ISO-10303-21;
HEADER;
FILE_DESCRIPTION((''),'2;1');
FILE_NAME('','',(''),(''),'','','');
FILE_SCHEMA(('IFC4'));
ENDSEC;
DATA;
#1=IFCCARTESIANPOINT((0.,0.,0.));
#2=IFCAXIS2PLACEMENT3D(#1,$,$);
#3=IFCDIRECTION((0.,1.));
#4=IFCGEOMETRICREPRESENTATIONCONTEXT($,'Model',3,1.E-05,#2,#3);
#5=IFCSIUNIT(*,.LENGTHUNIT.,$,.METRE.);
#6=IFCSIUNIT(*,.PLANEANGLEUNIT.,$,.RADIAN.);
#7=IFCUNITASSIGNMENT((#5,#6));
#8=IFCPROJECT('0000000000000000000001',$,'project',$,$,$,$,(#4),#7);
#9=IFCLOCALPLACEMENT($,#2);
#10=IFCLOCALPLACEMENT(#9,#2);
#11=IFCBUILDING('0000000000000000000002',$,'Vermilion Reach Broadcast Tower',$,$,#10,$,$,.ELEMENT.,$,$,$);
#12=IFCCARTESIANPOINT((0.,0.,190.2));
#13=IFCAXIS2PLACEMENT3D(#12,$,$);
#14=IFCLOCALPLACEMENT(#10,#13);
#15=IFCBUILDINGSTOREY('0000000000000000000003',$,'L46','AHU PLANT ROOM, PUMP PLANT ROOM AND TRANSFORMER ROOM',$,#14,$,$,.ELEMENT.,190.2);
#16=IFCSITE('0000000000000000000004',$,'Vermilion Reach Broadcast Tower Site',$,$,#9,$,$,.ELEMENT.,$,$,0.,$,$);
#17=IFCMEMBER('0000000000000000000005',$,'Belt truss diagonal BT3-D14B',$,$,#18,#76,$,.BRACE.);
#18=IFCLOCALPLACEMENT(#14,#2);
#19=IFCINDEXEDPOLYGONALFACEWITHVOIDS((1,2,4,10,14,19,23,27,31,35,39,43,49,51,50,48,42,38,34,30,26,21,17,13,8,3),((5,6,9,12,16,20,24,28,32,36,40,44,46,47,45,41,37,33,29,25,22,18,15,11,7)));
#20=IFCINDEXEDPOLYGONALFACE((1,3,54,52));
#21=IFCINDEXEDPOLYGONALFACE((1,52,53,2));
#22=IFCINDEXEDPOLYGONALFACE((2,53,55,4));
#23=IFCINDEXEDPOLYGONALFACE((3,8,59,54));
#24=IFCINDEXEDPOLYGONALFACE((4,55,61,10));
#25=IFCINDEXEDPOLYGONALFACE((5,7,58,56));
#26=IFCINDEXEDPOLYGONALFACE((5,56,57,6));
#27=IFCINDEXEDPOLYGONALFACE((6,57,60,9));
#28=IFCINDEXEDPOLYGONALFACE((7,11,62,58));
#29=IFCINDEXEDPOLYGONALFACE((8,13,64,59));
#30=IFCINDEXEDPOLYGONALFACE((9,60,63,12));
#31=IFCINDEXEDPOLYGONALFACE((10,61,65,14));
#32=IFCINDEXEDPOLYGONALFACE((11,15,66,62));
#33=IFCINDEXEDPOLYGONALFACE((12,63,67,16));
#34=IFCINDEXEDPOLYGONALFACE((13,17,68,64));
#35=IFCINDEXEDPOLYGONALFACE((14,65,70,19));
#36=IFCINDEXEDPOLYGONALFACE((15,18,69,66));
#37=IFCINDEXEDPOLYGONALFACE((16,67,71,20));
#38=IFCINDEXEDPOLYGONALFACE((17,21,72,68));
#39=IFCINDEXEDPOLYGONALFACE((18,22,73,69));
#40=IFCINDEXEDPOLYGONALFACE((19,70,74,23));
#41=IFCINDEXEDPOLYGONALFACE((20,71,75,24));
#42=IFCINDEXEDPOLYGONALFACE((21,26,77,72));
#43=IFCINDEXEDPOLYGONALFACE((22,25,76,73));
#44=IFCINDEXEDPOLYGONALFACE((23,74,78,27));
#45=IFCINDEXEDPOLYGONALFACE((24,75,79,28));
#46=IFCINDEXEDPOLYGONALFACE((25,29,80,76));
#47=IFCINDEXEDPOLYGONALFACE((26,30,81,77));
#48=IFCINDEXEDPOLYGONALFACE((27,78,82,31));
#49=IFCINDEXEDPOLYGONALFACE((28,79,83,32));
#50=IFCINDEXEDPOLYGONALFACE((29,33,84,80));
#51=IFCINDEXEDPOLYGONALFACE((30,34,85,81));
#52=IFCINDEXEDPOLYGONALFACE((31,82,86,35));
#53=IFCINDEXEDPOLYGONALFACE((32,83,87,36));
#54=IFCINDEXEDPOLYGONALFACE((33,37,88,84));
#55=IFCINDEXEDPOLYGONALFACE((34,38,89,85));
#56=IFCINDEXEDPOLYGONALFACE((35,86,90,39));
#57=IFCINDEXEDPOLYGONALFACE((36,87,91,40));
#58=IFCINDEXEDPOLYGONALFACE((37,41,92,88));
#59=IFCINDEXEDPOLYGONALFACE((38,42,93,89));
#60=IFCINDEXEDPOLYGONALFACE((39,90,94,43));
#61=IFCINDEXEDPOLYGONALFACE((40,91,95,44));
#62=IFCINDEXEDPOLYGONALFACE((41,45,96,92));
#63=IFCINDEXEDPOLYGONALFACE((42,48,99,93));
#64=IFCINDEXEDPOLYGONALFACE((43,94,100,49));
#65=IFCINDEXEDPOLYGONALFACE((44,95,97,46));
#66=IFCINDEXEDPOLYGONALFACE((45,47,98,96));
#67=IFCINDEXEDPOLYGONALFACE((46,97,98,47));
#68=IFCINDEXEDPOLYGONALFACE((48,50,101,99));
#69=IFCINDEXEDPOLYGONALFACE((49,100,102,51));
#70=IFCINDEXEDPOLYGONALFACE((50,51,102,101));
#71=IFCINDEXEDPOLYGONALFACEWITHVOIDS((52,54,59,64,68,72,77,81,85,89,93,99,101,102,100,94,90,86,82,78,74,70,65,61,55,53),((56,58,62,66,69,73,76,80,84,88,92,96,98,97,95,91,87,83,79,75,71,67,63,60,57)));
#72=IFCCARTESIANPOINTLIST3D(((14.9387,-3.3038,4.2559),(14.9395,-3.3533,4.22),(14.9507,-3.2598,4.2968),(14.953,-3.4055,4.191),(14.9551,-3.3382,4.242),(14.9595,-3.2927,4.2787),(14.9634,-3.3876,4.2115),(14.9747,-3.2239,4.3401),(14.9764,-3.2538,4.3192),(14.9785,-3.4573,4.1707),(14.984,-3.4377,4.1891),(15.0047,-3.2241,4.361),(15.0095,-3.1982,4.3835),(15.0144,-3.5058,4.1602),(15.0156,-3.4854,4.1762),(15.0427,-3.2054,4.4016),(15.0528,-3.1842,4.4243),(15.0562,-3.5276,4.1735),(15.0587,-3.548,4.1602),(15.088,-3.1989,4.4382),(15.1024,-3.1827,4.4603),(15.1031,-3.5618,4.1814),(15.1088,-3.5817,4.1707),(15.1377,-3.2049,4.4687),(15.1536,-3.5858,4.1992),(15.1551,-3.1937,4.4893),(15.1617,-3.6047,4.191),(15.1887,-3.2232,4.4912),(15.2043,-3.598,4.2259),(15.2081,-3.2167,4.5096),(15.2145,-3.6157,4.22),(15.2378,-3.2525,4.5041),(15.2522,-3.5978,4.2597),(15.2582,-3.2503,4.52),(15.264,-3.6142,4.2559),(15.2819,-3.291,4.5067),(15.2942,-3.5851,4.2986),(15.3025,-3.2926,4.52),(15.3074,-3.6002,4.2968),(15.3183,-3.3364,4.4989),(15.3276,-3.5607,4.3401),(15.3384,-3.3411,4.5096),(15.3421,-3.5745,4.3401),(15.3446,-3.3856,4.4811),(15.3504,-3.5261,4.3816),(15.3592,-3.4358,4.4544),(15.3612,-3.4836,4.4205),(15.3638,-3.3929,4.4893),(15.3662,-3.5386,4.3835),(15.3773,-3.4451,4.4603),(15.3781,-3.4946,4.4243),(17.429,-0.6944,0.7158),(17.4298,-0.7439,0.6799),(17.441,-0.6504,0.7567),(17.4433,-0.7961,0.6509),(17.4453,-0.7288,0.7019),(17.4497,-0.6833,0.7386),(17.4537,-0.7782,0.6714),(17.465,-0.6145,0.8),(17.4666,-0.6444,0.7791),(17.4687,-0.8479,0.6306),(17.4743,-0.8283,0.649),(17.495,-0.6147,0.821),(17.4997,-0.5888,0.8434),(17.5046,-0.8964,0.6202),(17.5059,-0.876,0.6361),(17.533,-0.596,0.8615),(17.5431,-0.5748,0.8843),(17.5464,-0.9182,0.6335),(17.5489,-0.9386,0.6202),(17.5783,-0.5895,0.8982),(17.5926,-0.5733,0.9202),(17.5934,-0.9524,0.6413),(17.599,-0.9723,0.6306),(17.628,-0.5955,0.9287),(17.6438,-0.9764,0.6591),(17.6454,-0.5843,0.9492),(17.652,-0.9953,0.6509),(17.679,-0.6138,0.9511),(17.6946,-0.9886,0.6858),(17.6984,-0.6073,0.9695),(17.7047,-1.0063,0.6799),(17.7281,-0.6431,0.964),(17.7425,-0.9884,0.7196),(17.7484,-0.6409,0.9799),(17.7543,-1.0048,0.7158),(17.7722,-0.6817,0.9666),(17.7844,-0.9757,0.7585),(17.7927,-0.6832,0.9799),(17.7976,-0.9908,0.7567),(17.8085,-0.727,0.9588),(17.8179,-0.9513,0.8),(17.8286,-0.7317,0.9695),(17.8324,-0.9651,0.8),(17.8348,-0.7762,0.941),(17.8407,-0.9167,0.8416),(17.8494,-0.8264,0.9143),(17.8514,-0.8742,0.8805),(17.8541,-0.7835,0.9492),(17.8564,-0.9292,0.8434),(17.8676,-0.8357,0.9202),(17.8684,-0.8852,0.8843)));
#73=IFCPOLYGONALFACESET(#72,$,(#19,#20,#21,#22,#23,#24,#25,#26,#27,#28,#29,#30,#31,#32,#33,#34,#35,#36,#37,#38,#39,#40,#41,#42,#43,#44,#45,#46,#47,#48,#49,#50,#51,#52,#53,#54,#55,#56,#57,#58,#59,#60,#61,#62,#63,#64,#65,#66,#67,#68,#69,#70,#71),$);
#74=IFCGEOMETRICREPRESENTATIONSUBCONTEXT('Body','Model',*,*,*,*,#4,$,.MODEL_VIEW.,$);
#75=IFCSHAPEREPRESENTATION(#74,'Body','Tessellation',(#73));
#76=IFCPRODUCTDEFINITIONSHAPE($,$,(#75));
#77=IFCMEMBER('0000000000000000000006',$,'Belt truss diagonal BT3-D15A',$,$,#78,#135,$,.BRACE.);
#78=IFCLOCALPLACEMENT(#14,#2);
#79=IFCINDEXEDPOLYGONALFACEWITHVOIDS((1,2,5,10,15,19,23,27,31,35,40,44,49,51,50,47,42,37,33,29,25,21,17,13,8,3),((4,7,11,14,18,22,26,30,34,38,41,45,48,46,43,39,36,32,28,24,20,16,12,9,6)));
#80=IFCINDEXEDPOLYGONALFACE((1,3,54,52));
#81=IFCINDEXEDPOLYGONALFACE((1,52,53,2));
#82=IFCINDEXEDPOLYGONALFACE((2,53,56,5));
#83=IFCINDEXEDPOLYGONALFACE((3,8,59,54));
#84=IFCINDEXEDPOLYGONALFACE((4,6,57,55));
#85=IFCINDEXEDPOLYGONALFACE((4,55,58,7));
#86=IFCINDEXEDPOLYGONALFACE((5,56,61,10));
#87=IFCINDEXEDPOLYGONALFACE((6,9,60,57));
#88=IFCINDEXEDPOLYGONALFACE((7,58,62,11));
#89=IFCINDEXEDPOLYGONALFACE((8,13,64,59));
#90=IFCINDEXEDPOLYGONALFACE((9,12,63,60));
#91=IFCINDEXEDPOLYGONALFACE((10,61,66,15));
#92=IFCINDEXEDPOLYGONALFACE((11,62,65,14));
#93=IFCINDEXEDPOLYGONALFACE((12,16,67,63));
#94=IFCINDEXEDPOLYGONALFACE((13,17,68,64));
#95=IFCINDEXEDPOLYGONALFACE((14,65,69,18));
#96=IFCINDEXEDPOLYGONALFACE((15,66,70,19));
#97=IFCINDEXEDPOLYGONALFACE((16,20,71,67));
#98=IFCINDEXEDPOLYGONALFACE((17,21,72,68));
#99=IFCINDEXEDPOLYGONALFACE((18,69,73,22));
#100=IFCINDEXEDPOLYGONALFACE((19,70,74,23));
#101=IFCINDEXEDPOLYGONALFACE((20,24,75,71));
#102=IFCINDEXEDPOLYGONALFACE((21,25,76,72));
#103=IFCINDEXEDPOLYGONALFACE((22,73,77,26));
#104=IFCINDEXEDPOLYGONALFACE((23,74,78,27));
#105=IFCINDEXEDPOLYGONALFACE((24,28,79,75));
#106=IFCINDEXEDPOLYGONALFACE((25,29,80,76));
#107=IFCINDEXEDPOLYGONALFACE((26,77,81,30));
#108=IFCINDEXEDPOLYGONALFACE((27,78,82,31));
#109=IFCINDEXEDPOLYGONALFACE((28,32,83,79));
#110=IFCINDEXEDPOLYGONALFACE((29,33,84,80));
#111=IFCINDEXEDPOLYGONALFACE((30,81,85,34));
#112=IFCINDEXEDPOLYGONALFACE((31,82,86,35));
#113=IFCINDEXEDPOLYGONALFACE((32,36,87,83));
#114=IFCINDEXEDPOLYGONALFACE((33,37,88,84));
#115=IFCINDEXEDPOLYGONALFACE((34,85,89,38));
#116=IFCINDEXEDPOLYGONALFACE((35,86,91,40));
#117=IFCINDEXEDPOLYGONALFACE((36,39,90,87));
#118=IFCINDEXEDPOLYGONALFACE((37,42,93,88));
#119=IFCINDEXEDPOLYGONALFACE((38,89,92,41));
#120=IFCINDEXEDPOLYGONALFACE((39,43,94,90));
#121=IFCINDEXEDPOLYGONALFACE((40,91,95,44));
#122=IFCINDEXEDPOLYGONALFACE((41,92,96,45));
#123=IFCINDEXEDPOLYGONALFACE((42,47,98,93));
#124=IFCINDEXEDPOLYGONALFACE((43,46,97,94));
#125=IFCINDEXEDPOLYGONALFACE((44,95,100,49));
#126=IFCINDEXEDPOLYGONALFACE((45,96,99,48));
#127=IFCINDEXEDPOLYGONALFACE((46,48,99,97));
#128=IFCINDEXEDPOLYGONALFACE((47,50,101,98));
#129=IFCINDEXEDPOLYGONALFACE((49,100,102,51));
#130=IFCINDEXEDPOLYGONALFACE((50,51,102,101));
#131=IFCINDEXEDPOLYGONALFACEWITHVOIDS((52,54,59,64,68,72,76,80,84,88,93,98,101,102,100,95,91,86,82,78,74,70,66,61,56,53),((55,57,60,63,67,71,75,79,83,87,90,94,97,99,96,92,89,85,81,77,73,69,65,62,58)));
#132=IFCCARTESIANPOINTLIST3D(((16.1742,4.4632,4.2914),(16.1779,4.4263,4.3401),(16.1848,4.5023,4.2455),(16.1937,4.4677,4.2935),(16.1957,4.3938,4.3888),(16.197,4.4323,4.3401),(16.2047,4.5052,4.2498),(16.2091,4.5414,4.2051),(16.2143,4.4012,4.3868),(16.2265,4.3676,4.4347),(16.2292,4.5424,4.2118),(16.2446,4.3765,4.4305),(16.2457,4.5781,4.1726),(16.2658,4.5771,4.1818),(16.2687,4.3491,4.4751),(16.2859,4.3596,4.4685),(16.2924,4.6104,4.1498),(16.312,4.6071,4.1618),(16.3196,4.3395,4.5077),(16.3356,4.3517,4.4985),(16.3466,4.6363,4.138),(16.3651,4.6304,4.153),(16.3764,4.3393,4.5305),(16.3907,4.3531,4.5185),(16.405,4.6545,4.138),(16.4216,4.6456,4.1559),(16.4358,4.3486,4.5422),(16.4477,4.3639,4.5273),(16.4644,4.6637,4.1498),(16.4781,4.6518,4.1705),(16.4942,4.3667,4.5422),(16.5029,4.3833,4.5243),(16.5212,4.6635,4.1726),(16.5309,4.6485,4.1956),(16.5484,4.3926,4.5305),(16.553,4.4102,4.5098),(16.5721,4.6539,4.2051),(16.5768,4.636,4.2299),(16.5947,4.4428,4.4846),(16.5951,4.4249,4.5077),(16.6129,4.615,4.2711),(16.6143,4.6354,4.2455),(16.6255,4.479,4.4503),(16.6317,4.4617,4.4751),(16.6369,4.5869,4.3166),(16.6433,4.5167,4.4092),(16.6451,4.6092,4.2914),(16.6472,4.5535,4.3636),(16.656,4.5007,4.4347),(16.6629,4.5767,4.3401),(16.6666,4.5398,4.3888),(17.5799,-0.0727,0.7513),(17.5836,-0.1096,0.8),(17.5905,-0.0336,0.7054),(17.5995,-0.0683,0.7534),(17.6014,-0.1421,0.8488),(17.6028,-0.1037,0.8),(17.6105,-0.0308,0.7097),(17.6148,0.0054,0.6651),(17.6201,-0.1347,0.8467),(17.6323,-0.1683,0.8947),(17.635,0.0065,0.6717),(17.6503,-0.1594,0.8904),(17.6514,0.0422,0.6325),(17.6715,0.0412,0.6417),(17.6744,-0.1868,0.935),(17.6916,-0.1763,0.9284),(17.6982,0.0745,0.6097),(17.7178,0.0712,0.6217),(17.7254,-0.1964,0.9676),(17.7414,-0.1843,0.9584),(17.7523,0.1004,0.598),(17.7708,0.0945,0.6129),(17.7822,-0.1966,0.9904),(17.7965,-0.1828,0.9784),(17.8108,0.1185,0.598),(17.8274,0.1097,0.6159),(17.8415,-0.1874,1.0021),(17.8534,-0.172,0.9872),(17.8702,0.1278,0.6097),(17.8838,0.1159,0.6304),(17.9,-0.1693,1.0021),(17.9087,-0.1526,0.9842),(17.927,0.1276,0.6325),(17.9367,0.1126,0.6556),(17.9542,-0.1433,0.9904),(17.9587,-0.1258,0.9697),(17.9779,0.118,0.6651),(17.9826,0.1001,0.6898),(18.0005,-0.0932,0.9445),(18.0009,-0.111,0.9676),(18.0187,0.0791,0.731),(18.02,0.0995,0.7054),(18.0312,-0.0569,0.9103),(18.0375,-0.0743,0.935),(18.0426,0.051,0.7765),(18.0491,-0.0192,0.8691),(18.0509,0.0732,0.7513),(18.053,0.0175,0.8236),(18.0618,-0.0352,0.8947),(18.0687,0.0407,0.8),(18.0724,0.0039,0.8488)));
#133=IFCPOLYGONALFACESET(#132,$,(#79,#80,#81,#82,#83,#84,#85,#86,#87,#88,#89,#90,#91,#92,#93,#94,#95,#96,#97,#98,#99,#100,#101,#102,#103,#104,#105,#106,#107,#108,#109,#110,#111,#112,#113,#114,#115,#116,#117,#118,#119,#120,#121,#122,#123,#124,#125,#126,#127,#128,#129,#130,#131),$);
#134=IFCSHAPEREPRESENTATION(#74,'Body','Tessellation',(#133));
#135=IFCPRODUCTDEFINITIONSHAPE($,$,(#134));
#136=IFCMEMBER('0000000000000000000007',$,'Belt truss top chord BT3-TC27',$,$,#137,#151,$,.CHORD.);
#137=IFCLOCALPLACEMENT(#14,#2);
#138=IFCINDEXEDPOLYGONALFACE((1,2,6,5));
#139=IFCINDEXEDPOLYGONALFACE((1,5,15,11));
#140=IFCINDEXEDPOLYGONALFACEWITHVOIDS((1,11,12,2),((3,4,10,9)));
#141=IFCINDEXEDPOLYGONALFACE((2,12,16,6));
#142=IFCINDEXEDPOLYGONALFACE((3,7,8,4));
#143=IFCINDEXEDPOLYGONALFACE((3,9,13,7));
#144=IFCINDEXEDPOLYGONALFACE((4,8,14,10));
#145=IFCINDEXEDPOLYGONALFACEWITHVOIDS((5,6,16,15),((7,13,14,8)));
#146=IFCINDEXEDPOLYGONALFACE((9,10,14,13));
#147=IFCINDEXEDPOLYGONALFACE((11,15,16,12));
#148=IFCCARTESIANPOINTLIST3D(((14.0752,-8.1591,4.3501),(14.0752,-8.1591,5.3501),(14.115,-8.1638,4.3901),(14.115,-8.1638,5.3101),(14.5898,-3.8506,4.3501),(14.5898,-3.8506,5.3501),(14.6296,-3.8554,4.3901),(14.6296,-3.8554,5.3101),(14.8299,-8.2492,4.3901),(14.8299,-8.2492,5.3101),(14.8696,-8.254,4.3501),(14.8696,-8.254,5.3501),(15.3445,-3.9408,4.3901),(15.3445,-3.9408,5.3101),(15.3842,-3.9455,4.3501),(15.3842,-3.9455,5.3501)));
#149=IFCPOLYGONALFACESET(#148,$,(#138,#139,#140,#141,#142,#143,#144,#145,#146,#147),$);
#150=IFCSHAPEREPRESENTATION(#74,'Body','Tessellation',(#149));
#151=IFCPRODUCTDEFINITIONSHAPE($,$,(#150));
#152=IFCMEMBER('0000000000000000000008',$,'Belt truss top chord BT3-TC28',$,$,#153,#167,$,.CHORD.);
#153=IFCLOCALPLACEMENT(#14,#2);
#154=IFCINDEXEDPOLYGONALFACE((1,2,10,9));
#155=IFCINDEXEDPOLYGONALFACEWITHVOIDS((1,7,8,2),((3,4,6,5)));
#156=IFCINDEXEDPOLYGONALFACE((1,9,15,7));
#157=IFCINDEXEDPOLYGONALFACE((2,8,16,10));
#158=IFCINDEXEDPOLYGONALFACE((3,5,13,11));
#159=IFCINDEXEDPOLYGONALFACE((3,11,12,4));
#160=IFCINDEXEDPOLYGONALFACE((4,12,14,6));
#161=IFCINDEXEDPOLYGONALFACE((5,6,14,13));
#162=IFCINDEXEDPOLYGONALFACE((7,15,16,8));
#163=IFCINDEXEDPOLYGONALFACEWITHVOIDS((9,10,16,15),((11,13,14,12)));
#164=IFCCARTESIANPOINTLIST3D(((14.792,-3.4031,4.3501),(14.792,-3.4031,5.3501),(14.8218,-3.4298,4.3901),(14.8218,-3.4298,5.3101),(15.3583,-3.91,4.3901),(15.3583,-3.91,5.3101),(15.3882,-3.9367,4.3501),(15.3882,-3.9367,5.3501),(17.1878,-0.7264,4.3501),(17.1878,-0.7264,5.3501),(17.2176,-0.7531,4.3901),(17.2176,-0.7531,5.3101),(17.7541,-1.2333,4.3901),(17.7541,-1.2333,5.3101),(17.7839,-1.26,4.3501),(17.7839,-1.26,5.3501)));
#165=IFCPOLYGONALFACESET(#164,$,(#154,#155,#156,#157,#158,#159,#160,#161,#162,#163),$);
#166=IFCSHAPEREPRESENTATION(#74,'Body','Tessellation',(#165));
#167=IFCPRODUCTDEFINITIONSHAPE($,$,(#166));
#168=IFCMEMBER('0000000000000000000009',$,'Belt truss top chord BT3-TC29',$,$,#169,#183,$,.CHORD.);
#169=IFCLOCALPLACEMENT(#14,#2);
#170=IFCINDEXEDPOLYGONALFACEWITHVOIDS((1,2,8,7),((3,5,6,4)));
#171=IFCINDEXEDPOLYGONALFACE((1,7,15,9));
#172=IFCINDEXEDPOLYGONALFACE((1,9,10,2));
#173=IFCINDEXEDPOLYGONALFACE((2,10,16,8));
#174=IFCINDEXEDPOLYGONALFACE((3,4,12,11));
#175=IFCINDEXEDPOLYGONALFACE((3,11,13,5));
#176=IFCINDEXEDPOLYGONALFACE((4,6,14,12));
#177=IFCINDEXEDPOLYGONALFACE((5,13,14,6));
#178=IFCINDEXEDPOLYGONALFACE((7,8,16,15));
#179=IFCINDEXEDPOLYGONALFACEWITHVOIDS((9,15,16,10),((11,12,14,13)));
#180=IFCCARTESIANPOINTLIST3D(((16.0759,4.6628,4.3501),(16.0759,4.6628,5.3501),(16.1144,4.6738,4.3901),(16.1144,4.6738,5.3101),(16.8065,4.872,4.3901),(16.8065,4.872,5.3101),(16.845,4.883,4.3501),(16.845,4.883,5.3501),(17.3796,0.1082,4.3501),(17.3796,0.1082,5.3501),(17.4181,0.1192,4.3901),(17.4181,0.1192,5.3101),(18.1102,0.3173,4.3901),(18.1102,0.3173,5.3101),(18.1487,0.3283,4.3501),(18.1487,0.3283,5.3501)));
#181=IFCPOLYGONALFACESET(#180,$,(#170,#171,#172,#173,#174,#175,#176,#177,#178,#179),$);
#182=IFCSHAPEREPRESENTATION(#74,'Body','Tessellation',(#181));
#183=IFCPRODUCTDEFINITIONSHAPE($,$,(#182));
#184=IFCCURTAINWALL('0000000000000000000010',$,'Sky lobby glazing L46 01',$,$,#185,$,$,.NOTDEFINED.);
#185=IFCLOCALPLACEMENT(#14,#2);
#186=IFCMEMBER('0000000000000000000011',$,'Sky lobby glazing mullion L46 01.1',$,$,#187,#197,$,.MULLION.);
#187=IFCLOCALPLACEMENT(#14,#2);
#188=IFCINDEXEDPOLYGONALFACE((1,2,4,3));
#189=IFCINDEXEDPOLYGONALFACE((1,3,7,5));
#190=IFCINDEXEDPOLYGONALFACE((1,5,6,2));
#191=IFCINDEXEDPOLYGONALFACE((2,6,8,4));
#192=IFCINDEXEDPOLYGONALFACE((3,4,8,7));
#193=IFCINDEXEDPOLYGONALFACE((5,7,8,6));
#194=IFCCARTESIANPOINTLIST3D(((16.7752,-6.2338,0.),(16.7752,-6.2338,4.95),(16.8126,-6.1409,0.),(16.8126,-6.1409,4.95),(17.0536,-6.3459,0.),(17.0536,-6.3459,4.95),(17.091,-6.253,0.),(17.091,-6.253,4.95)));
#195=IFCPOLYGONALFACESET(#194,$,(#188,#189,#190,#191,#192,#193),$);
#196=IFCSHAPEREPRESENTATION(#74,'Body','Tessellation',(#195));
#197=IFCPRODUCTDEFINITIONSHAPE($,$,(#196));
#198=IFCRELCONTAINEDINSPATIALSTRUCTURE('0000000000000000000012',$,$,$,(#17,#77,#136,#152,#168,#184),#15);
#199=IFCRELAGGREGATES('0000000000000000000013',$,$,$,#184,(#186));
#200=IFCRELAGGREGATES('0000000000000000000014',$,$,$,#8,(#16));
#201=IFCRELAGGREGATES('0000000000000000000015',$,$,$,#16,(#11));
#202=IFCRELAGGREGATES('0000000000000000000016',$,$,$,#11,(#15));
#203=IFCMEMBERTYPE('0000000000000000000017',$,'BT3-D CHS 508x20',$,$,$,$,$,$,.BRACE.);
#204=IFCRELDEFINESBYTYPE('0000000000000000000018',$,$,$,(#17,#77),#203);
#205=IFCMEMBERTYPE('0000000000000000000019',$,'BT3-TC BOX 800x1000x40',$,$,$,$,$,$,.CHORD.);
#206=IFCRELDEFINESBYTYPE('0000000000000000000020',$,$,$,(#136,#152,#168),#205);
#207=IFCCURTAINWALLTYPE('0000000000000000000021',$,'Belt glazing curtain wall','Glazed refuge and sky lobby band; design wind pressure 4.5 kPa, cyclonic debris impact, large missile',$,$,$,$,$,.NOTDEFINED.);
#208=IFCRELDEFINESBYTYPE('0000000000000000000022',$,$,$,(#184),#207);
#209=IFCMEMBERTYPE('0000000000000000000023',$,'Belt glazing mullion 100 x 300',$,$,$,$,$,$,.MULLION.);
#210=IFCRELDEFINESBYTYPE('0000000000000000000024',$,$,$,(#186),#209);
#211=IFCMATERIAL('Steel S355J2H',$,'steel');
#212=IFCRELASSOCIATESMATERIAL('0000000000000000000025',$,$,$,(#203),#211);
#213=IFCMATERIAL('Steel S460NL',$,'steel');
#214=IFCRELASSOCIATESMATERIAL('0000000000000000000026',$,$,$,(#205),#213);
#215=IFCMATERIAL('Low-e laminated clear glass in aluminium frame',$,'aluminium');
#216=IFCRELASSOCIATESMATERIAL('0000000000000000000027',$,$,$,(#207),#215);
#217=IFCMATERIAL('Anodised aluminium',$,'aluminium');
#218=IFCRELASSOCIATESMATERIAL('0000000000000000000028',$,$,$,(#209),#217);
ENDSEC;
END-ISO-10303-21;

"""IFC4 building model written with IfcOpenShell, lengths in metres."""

from ifc_helpers import new_model, si_unit, direction, frame, origin, origin_2d, place, context, subcontext, project, spatial, rectangle, hollow_rectangle, hollow_circle, extrude, material, material_profile, profile_set, type_object, element, aggregate, save


model = new_model("IFC4")

# Units and contexts
model_context = context("Model", 3, precision=1e-05, world=origin(), true_north=direction((0.0, 1.0)))
body_context = subcontext(model_context, "Body", "Model", "MODEL_VIEW")
ifc_project = project(units=[si_unit("LENGTHUNIT", "METRE"), si_unit("PLANEANGLEUNIT", "RADIAN")], contexts=[model_context])

# Site, building, storey
site_placement = place(None, origin())
site = spatial("IfcSite", under=ifc_project, at=site_placement, Name="Vermilion Reach Broadcast Tower Site", CompositionType="ELEMENT", RefElevation=0.0)
building_placement = place(site_placement, origin())
building = spatial("IfcBuilding", under=site, at=building_placement, Name="Vermilion Reach Broadcast Tower", CompositionType="ELEMENT")
storey_placement = place(building_placement, frame((0.0, 0.0, 190.2)))
storey = spatial("IfcBuildingStorey", under=building, at=storey_placement, Name="L46", Description="AHU PLANT ROOM, PUMP PLANT ROOM AND TRANSFORMER ROOM", CompositionType="ELEMENT", Elevation=190.2)

# Members
ifc_material_1 = material(Name="Steel S355J2H", Category="steel")
ifc_material_profile_1 = material_profile(ifc_material_1, hollow_circle(Radius=0.2539, WallThickness=0.02, at=origin_2d()), Name="S355J2H CHS 508x20")
ifc_profile_set_1 = profile_set([ifc_material_profile_1], Name="Steel S355J2H")
member_type_1 = type_object("IfcMemberType", Name="BT3-D CHS 508x20", PredefinedType="BRACE", material=ifc_profile_set_1)
member_1_placement = place(storey_placement, frame((17.6487, -0.7898, 0.8), z_axis=(-0.492734, -0.516308, 0.700456), x_axis=(0.723429, -0.690398, 0.0)))
element("IfcMember", 1, at=member_1_placement, inside=storey, type_object=member_type_1, Name="Belt truss diagonal BT3-D14B", PredefinedType="BRACE", context=body_context, shape_type="SweptSolid", body=[
    extrude(hollow_circle(Radius=0.2539, WallThickness=0.02, at=origin_2d()), origin(), (0.0, 0.0, 1.0), 5.054),
])
member_2_placement = place(storey_placement, frame((17.8262, -0.0344, 0.8), z_axis=(-0.237338, 0.765805, 0.597673), x_axis=(-0.955179, -0.296029, 0.0)))
element("IfcMember", 2, at=member_2_placement, inside=storey, type_object=member_type_1, Name="Belt truss diagonal BT3-D15A", PredefinedType="BRACE", context=body_context, shape_type="SweptSolid", body=[
    extrude(hollow_circle(Radius=0.2539, WallThickness=0.02, at=origin_2d()), origin(), (0.0, 0.0, 1.0), 5.9231),
])
ifc_material_2 = material(Name="Steel S460NL", Category="steel")
ifc_material_profile_2 = material_profile(ifc_material_2, hollow_rectangle(XDim=0.8, YDim=1.0, WallThickness=0.04, at=origin_2d()), Name="S460NL BOX 800x1000x40")
ifc_profile_set_2 = profile_set([ifc_material_profile_2], Name="Steel S460NL")
member_type_2 = type_object("IfcMemberType", Name="BT3-TC BOX 800x1000x40", PredefinedType="CHORD", material=ifc_profile_set_2)
member_3_placement = place(storey_placement, frame((14.4724, -8.2065, 4.8501), z_axis=(0.118604, 0.992942, 0.0), x_axis=(-0.992942, 0.118604, 0.0)))
element("IfcMember", 3, at=member_3_placement, inside=storey, type_object=member_type_2, Name="Belt truss top chord BT3-TC27", PredefinedType="CHORD", context=body_context, shape_type="SweptSolid", body=[
    extrude(hollow_rectangle(XDim=0.8, YDim=1.0, WallThickness=0.04, at=origin_2d()), origin(), (0.0, 0.0, 1.0), 4.3391),
])
member_4_placement = place(storey_placement, frame((15.0901, -3.6699, 4.8501), z_axis=(0.666912, 0.745136, 0.0), x_axis=(-0.745136, 0.666912, 0.0)))
element("IfcMember", 4, at=member_4_placement, inside=storey, type_object=member_type_2, Name="Belt truss top chord BT3-TC28", PredefinedType="CHORD", context=body_context, shape_type="SweptSolid", body=[
    extrude(hollow_rectangle(XDim=0.8, YDim=1.0, WallThickness=0.04, at=origin_2d()), origin(), (0.0, 0.0, 1.0), 3.5923),
])
member_5_placement = place(storey_placement, frame((17.7642, 0.2183, 4.8501), z_axis=(-0.275184, 0.961392, 0.0), x_axis=(-0.961392, -0.275184, 0.0)))
element("IfcMember", 5, at=member_5_placement, inside=storey, type_object=member_type_2, Name="Belt truss top chord BT3-TC29", PredefinedType="CHORD", context=body_context, shape_type="SweptSolid", body=[
    extrude(hollow_rectangle(XDim=0.8, YDim=1.0, WallThickness=0.04, at=origin_2d()), origin(), (0.0, 0.0, 1.0), 4.7375),
])

# Curtain wall, member
ifc_material_3 = material(Name="Low-e laminated clear glass in aluminium frame", Category="aluminium")
curtain_wall_type = type_object("IfcCurtainWallType", Name="Belt glazing curtain wall", Description="Glazed refuge and sky lobby band; design wind pressure 4.5 kPa, cyclonic debris impact, large missile", PredefinedType="NOTDEFINED", material=ifc_material_3)
curtain_wall_placement = place(storey_placement, origin())
curtain_wall = element("IfcCurtainWall", 6, at=curtain_wall_placement, inside=storey, type_object=curtain_wall_type, Name="Sky lobby glazing L46 01", PredefinedType="NOTDEFINED")
ifc_material_4 = material(Name="Anodised aluminium", Category="aluminium")
ifc_material_profile_3 = material_profile(ifc_material_4, rectangle(XDim=0.3, YDim=0.1001, at=origin_2d()), Name="Belt glazing mullion 100 x 300")
ifc_profile_set_3 = profile_set([ifc_material_profile_3], Name="Anodised aluminium")
member_type_3 = type_object("IfcMemberType", Name="Belt glazing mullion 100 x 300", PredefinedType="MULLION", material=ifc_profile_set_3)
member_6_placement = place(storey_placement, frame((16.9331, -6.2434, 0.0), z_axis=(0.0, 0.0, 1.0), x_axis=(-0.927588, 0.373605, 0.0)))
member_6 = element("IfcMember", 7, at=member_6_placement, type_object=member_type_3, Name="Sky lobby glazing mullion L46 01.1", PredefinedType="MULLION", context=body_context, shape_type="SweptSolid", body=[
    extrude(rectangle(XDim=0.3, YDim=0.1001, at=origin_2d()), origin(), (0.0, 0.0, 1.0), 4.95),
])

aggregate(curtain_wall, [member_6])

save(model, "model.ifc")
